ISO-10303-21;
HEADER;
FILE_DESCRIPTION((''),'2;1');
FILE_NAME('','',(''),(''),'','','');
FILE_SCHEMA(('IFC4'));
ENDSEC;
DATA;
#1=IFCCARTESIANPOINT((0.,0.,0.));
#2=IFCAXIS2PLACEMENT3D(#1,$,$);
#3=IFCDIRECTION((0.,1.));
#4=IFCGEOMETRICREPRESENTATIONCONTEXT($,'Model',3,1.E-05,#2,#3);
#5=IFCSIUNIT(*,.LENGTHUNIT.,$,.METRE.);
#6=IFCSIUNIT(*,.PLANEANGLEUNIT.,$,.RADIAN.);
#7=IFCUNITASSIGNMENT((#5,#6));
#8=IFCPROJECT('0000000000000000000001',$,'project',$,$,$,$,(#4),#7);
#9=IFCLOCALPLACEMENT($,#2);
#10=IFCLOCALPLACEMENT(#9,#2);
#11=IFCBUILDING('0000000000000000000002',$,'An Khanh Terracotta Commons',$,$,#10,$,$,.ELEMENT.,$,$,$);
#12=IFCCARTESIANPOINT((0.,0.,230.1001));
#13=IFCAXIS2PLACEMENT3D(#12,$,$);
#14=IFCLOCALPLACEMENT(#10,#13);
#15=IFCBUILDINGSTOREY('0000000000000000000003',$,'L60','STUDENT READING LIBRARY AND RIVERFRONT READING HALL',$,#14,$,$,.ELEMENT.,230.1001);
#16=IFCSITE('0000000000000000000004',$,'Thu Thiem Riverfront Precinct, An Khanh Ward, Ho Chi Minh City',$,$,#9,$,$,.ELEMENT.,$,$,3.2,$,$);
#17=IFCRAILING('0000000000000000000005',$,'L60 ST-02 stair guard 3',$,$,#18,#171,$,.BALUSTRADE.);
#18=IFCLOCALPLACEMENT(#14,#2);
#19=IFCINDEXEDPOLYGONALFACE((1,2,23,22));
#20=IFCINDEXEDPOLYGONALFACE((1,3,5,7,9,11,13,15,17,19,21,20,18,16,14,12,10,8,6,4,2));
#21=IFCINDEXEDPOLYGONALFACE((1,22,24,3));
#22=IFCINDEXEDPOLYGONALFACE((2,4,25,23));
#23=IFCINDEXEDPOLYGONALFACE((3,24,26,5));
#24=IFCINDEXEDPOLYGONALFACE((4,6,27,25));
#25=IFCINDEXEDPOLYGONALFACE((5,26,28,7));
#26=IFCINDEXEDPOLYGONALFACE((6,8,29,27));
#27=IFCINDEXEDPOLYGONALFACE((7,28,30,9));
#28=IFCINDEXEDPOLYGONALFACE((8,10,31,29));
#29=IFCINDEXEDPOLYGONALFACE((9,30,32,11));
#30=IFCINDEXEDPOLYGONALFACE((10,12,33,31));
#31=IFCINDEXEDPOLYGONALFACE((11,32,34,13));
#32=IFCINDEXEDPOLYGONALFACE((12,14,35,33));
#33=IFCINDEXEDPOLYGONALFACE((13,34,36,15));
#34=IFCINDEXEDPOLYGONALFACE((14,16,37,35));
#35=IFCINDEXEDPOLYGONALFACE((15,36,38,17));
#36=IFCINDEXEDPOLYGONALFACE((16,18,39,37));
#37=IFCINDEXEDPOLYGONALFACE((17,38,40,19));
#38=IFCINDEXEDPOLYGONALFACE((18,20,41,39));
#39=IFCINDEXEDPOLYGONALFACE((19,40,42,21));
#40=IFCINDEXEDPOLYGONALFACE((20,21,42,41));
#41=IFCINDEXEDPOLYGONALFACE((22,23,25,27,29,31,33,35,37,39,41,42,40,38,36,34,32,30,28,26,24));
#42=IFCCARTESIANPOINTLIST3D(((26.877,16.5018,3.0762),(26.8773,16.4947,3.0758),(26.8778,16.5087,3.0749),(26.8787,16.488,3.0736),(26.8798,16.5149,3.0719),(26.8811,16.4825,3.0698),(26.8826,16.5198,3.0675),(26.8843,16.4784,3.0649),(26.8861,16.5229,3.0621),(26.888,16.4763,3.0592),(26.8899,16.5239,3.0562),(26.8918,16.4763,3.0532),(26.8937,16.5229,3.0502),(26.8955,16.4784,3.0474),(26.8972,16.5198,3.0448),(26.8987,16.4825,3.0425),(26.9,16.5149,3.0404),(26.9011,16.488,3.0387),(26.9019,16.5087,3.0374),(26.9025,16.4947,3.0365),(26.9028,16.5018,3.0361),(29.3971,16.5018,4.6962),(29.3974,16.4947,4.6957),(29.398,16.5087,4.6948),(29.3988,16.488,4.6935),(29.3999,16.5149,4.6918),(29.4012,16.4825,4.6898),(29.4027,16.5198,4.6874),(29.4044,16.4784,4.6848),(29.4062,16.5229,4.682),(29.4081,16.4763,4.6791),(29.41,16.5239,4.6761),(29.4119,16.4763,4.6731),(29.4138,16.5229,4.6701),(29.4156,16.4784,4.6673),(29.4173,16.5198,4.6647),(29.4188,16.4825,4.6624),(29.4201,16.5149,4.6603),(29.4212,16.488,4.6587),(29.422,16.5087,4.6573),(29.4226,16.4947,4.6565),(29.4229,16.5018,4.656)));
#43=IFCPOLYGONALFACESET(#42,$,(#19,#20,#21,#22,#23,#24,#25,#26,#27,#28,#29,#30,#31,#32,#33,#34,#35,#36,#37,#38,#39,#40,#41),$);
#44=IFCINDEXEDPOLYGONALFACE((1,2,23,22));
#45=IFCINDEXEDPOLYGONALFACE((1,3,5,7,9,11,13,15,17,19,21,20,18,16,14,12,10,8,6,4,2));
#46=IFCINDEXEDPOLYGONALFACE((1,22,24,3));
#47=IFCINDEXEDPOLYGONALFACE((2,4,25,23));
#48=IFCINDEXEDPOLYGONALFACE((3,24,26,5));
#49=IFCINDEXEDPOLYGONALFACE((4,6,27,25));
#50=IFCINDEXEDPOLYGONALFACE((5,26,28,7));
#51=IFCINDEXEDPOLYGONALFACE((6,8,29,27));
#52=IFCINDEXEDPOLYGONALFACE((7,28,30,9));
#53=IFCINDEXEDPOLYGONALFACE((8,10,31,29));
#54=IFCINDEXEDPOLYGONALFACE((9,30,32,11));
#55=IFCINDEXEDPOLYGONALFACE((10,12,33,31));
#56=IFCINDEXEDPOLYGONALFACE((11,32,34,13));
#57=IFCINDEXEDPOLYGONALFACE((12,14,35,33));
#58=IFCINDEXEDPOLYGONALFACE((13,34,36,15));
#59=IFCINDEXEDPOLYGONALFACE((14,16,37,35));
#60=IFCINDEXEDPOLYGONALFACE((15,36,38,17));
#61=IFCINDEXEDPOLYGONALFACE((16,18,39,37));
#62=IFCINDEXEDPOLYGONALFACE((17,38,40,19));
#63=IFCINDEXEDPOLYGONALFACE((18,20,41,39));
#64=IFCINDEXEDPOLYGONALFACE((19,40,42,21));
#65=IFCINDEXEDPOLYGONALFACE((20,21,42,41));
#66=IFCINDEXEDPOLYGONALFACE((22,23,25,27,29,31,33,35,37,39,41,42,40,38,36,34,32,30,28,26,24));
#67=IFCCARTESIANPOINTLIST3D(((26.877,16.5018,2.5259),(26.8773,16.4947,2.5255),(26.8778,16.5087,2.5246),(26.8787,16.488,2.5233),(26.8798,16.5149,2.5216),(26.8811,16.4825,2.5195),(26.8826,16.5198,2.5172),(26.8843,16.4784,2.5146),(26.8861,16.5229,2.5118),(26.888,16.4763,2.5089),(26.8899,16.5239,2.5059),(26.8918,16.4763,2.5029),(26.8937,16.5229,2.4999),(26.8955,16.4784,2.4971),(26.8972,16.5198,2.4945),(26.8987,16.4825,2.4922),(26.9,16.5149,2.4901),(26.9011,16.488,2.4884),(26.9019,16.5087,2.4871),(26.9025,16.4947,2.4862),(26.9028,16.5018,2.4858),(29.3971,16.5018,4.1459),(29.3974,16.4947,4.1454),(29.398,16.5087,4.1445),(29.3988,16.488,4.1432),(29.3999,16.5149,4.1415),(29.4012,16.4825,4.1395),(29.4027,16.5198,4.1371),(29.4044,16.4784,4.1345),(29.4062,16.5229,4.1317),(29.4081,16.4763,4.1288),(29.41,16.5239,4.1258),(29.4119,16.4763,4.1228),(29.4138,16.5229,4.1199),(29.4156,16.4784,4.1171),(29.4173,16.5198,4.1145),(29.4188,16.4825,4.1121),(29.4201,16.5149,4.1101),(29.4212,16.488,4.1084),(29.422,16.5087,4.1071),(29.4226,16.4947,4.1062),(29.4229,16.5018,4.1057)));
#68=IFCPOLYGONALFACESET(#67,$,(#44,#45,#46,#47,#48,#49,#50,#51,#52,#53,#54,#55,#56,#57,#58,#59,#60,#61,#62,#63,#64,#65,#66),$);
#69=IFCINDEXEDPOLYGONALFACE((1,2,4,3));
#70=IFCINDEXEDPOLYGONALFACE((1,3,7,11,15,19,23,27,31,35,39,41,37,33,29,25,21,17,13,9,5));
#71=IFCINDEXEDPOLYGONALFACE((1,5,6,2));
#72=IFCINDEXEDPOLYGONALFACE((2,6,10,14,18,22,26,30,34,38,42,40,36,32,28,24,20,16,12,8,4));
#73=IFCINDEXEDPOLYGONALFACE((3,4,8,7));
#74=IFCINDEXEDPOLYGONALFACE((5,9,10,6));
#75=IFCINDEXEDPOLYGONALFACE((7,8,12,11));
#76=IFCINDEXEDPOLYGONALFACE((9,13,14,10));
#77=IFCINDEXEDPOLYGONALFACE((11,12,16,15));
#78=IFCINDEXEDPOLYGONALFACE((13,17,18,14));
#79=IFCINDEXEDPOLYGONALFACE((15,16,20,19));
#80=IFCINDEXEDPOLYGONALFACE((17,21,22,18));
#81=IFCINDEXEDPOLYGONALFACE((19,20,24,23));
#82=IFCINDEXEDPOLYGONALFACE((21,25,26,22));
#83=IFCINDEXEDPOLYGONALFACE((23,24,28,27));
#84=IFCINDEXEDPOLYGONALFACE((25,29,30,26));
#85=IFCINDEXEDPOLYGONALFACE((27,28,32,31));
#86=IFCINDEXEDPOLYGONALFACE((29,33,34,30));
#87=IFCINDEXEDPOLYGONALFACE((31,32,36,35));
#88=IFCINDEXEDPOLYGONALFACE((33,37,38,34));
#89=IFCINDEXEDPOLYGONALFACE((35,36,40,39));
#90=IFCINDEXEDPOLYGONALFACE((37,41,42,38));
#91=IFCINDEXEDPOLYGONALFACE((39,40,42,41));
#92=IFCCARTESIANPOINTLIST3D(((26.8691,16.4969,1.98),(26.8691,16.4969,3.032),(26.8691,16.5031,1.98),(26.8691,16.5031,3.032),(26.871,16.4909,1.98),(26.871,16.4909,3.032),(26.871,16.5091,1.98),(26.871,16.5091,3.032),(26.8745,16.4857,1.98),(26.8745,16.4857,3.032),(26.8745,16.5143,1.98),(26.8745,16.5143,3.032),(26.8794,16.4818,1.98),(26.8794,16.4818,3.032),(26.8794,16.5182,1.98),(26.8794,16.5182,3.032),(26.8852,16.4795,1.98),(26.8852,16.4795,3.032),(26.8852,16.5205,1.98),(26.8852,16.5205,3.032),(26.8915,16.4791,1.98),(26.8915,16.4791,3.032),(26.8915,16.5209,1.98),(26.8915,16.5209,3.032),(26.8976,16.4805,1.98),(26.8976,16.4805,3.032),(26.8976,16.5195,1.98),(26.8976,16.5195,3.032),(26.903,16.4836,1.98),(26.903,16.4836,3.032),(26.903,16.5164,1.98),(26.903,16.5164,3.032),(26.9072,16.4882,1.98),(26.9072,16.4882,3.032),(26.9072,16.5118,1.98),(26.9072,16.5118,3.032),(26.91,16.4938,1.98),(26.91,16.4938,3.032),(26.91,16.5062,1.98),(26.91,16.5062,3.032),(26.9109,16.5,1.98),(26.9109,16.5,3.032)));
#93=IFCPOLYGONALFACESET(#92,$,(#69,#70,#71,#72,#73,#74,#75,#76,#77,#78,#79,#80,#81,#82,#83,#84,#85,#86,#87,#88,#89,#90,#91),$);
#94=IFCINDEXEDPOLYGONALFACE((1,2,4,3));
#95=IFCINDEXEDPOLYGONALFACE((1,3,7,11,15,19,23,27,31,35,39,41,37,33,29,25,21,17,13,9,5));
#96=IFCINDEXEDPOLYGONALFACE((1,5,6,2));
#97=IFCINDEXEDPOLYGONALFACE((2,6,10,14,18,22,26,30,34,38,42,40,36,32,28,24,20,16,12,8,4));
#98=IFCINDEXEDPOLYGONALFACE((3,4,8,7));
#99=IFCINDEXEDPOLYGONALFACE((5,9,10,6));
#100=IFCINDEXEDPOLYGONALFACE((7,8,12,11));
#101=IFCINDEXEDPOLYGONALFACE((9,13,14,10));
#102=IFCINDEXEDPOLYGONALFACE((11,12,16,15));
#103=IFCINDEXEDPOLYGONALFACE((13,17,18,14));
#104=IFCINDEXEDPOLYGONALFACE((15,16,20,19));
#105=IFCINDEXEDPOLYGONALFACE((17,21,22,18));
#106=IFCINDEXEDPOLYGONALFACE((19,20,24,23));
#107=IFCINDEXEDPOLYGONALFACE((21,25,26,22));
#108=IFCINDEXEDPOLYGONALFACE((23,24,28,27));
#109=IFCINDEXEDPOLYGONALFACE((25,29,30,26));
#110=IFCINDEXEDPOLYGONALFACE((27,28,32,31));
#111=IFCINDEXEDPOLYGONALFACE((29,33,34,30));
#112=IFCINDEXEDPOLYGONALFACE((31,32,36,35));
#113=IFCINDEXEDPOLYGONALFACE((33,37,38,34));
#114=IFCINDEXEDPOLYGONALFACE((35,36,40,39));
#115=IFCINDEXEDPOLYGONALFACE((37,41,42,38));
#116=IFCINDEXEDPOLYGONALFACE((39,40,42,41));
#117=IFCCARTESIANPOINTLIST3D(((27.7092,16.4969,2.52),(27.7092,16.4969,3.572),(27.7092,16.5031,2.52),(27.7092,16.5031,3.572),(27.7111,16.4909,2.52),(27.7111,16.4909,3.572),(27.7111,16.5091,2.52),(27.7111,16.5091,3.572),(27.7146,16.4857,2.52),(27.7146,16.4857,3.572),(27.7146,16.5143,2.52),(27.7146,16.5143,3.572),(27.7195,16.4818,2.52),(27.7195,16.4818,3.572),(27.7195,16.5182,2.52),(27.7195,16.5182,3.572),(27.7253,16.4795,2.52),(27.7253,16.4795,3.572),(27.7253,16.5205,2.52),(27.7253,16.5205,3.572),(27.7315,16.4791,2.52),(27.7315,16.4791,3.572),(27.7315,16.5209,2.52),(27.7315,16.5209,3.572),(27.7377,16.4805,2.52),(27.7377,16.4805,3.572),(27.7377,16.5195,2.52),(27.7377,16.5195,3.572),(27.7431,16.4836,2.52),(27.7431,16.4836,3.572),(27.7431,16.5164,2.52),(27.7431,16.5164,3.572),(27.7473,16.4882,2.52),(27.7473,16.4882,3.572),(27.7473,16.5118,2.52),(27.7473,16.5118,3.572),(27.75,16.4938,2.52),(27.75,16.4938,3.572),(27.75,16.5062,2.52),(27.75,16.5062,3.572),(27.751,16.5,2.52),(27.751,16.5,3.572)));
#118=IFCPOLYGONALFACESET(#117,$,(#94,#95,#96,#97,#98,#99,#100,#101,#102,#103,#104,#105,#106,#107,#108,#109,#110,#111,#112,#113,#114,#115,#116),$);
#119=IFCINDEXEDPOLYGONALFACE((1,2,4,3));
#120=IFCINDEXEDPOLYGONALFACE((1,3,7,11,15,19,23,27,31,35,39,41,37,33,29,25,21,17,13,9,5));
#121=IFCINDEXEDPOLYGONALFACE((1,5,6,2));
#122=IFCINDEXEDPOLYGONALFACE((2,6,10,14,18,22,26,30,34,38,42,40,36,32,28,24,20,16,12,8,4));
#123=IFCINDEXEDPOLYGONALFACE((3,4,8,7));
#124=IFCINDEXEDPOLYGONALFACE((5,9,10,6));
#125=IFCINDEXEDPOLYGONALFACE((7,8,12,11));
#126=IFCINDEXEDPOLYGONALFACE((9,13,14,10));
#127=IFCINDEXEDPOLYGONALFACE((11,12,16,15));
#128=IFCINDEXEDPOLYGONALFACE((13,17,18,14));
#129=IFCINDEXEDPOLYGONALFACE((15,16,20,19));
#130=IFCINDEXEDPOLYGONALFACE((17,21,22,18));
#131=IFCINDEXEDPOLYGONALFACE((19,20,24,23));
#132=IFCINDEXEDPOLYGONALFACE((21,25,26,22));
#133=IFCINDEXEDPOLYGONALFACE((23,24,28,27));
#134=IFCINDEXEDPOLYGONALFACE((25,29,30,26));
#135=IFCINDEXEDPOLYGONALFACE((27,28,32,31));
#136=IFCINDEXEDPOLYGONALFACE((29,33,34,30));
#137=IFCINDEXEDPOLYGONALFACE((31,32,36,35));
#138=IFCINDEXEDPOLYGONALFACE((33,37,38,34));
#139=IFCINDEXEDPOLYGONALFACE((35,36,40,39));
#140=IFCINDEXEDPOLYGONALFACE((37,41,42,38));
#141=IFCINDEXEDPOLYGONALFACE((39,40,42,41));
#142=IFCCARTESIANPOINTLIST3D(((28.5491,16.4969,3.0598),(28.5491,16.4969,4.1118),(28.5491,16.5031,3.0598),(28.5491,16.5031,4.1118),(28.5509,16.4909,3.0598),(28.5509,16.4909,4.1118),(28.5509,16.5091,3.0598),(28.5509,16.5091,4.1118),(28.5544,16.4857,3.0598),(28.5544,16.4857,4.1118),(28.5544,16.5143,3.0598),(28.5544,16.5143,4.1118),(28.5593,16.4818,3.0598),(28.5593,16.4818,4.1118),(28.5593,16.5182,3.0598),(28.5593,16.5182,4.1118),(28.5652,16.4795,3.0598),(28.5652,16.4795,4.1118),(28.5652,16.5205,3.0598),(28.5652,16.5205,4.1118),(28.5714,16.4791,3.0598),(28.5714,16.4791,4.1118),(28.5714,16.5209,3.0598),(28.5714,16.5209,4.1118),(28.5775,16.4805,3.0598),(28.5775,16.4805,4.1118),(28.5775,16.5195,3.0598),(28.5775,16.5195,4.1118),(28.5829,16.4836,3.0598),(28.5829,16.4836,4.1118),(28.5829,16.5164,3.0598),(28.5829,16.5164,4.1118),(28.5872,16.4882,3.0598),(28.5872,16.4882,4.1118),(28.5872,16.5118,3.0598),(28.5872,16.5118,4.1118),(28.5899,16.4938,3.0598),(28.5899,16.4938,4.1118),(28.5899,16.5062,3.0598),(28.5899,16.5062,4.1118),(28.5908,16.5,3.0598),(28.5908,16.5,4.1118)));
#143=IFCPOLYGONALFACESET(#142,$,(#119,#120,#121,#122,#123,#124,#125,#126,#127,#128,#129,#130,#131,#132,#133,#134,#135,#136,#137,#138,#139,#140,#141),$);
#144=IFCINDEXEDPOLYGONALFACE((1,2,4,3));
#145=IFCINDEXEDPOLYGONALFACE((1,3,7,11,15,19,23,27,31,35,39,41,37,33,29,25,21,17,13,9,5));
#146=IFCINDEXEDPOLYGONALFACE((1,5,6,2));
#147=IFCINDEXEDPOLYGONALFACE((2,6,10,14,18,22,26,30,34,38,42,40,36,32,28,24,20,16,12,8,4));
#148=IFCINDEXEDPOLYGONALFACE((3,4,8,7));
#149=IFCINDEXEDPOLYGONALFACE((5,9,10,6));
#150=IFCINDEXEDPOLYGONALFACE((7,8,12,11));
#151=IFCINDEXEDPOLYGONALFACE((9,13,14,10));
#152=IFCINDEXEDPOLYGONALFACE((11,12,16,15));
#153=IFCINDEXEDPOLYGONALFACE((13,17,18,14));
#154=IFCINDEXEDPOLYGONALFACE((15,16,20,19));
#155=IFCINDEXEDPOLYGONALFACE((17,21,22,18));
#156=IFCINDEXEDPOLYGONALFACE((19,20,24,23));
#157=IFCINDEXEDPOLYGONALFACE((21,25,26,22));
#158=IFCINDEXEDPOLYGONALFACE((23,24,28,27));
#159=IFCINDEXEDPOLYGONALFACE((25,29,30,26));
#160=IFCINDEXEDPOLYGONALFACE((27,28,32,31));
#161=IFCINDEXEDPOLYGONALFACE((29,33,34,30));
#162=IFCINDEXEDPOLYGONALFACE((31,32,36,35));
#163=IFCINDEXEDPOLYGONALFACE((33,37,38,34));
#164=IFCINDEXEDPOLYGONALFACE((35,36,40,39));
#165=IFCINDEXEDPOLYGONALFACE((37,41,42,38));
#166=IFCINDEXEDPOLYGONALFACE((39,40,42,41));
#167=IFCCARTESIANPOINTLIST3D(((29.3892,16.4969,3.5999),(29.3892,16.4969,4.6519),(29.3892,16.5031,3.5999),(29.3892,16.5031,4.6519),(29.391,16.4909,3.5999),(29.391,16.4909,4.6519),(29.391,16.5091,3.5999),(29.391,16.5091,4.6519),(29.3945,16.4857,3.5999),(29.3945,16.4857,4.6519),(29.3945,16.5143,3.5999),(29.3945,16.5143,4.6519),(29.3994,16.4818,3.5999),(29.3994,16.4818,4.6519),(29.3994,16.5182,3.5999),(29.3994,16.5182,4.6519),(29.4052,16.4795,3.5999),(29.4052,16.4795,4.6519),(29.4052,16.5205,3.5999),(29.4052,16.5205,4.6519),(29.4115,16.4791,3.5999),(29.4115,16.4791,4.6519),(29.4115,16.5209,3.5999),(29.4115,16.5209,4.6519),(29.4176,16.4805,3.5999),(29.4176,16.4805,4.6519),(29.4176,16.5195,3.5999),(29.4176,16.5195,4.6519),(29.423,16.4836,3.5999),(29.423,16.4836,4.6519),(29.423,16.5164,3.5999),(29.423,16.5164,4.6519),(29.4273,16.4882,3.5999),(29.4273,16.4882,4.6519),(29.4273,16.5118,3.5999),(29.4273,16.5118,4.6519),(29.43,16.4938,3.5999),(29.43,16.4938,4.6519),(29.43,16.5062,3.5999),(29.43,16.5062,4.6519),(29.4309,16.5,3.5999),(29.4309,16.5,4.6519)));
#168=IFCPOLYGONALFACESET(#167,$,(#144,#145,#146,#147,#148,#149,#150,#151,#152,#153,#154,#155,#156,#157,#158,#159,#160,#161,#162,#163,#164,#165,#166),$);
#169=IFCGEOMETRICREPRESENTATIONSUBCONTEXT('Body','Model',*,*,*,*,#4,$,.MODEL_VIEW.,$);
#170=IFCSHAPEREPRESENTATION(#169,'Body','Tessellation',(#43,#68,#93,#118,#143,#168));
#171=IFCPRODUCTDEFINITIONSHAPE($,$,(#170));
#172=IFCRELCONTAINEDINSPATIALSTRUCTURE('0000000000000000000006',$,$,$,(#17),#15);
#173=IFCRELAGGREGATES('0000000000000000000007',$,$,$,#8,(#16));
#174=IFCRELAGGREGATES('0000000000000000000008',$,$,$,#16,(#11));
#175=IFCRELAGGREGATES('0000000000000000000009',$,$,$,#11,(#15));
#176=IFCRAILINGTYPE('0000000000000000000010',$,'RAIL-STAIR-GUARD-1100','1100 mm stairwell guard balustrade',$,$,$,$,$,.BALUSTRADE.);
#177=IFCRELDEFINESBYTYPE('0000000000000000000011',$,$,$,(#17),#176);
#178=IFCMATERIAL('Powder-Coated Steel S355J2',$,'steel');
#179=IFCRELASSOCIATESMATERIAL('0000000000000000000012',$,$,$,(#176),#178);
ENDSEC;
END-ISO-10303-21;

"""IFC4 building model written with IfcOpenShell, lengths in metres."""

from ifc_helpers import new_model, si_unit, direction, frame, origin, origin_2d, place, context, subcontext, project, spatial, circle, extrude, material, type_object, element, save


model = new_model("IFC4")

# Units and contexts
model_context = context("Model", 3, precision=1e-05, world=origin(), true_north=direction((0.0, 1.0)))
body_context = subcontext(model_context, "Body", "Model", "MODEL_VIEW")
ifc_project = project(units=[si_unit("LENGTHUNIT", "METRE"), si_unit("PLANEANGLEUNIT", "RADIAN")], contexts=[model_context])

# Site, building, storey
site_placement = place(None, origin())
site = spatial("IfcSite", under=ifc_project, at=site_placement, Name="Thu Thiem Riverfront Precinct, An Khanh Ward, Ho Chi Minh City", CompositionType="ELEMENT", RefElevation=3.2)
building_placement = place(site_placement, origin())
building = spatial("IfcBuilding", under=site, at=building_placement, Name="An Khanh Terracotta Commons", CompositionType="ELEMENT")
storey_placement = place(building_placement, frame((0.0, 0.0, 230.1001)))
storey = spatial("IfcBuildingStorey", under=building, at=storey_placement, Name="L60", Description="STUDENT READING LIBRARY AND RIVERFRONT READING HALL", CompositionType="ELEMENT", Elevation=230.1001)

# Railing
ifc_material_1 = material(Name="Powder-Coated Steel S355J2", Category="steel")
railing_type_1 = type_object("IfcRailingType", Name="RAIL-STAIR-GUARD-1100", Description="1100 mm stairwell guard balustrade", PredefinedType="BALUSTRADE", material=ifc_material_1)
railing_1_placement = place(storey_placement, frame((26.8899, 16.5, 1.98)))
element("IfcRailing", 1, at=railing_1_placement, inside=storey, type_object=railing_type_1, Name="L60 ST-02 stair guard 3", PredefinedType="BALUSTRADE", context=body_context, shape_type="SweptSolid", body=[
    extrude(circle(Radius=0.0239, at=origin_2d()), frame((0.0, 0.0, 1.0762), z_axis=(0.8412, 0.0, 0.540725), x_axis=(0.0, 1.0, 0.0)), (0.0, 0.0, 1.0), 2.9958),
    extrude(circle(Radius=0.0239, at=origin_2d()), frame((0.0, 0.0, 0.5259), z_axis=(0.8412, 0.0, 0.540725), x_axis=(0.0, 1.0, 0.0)), (0.0, 0.0, 1.0), 2.9958),
    extrude(circle(Radius=0.021, at=origin_2d()), origin(), (0.0, 0.0, 1.0), 1.052),
    extrude(circle(Radius=0.021, at=origin_2d()), frame((0.8401, 0.0, 0.54)), (0.0, 0.0, 1.0), 1.052),
    extrude(circle(Radius=0.021, at=origin_2d()), frame((1.6799, 0.0, 1.0798)), (0.0, 0.0, 1.0), 1.052),
    extrude(circle(Radius=0.021, at=origin_2d()), frame((2.52, 0.0, 1.6199)), (0.0, 0.0, 1.0), 1.052),
])

save(model, "model.ifc")
